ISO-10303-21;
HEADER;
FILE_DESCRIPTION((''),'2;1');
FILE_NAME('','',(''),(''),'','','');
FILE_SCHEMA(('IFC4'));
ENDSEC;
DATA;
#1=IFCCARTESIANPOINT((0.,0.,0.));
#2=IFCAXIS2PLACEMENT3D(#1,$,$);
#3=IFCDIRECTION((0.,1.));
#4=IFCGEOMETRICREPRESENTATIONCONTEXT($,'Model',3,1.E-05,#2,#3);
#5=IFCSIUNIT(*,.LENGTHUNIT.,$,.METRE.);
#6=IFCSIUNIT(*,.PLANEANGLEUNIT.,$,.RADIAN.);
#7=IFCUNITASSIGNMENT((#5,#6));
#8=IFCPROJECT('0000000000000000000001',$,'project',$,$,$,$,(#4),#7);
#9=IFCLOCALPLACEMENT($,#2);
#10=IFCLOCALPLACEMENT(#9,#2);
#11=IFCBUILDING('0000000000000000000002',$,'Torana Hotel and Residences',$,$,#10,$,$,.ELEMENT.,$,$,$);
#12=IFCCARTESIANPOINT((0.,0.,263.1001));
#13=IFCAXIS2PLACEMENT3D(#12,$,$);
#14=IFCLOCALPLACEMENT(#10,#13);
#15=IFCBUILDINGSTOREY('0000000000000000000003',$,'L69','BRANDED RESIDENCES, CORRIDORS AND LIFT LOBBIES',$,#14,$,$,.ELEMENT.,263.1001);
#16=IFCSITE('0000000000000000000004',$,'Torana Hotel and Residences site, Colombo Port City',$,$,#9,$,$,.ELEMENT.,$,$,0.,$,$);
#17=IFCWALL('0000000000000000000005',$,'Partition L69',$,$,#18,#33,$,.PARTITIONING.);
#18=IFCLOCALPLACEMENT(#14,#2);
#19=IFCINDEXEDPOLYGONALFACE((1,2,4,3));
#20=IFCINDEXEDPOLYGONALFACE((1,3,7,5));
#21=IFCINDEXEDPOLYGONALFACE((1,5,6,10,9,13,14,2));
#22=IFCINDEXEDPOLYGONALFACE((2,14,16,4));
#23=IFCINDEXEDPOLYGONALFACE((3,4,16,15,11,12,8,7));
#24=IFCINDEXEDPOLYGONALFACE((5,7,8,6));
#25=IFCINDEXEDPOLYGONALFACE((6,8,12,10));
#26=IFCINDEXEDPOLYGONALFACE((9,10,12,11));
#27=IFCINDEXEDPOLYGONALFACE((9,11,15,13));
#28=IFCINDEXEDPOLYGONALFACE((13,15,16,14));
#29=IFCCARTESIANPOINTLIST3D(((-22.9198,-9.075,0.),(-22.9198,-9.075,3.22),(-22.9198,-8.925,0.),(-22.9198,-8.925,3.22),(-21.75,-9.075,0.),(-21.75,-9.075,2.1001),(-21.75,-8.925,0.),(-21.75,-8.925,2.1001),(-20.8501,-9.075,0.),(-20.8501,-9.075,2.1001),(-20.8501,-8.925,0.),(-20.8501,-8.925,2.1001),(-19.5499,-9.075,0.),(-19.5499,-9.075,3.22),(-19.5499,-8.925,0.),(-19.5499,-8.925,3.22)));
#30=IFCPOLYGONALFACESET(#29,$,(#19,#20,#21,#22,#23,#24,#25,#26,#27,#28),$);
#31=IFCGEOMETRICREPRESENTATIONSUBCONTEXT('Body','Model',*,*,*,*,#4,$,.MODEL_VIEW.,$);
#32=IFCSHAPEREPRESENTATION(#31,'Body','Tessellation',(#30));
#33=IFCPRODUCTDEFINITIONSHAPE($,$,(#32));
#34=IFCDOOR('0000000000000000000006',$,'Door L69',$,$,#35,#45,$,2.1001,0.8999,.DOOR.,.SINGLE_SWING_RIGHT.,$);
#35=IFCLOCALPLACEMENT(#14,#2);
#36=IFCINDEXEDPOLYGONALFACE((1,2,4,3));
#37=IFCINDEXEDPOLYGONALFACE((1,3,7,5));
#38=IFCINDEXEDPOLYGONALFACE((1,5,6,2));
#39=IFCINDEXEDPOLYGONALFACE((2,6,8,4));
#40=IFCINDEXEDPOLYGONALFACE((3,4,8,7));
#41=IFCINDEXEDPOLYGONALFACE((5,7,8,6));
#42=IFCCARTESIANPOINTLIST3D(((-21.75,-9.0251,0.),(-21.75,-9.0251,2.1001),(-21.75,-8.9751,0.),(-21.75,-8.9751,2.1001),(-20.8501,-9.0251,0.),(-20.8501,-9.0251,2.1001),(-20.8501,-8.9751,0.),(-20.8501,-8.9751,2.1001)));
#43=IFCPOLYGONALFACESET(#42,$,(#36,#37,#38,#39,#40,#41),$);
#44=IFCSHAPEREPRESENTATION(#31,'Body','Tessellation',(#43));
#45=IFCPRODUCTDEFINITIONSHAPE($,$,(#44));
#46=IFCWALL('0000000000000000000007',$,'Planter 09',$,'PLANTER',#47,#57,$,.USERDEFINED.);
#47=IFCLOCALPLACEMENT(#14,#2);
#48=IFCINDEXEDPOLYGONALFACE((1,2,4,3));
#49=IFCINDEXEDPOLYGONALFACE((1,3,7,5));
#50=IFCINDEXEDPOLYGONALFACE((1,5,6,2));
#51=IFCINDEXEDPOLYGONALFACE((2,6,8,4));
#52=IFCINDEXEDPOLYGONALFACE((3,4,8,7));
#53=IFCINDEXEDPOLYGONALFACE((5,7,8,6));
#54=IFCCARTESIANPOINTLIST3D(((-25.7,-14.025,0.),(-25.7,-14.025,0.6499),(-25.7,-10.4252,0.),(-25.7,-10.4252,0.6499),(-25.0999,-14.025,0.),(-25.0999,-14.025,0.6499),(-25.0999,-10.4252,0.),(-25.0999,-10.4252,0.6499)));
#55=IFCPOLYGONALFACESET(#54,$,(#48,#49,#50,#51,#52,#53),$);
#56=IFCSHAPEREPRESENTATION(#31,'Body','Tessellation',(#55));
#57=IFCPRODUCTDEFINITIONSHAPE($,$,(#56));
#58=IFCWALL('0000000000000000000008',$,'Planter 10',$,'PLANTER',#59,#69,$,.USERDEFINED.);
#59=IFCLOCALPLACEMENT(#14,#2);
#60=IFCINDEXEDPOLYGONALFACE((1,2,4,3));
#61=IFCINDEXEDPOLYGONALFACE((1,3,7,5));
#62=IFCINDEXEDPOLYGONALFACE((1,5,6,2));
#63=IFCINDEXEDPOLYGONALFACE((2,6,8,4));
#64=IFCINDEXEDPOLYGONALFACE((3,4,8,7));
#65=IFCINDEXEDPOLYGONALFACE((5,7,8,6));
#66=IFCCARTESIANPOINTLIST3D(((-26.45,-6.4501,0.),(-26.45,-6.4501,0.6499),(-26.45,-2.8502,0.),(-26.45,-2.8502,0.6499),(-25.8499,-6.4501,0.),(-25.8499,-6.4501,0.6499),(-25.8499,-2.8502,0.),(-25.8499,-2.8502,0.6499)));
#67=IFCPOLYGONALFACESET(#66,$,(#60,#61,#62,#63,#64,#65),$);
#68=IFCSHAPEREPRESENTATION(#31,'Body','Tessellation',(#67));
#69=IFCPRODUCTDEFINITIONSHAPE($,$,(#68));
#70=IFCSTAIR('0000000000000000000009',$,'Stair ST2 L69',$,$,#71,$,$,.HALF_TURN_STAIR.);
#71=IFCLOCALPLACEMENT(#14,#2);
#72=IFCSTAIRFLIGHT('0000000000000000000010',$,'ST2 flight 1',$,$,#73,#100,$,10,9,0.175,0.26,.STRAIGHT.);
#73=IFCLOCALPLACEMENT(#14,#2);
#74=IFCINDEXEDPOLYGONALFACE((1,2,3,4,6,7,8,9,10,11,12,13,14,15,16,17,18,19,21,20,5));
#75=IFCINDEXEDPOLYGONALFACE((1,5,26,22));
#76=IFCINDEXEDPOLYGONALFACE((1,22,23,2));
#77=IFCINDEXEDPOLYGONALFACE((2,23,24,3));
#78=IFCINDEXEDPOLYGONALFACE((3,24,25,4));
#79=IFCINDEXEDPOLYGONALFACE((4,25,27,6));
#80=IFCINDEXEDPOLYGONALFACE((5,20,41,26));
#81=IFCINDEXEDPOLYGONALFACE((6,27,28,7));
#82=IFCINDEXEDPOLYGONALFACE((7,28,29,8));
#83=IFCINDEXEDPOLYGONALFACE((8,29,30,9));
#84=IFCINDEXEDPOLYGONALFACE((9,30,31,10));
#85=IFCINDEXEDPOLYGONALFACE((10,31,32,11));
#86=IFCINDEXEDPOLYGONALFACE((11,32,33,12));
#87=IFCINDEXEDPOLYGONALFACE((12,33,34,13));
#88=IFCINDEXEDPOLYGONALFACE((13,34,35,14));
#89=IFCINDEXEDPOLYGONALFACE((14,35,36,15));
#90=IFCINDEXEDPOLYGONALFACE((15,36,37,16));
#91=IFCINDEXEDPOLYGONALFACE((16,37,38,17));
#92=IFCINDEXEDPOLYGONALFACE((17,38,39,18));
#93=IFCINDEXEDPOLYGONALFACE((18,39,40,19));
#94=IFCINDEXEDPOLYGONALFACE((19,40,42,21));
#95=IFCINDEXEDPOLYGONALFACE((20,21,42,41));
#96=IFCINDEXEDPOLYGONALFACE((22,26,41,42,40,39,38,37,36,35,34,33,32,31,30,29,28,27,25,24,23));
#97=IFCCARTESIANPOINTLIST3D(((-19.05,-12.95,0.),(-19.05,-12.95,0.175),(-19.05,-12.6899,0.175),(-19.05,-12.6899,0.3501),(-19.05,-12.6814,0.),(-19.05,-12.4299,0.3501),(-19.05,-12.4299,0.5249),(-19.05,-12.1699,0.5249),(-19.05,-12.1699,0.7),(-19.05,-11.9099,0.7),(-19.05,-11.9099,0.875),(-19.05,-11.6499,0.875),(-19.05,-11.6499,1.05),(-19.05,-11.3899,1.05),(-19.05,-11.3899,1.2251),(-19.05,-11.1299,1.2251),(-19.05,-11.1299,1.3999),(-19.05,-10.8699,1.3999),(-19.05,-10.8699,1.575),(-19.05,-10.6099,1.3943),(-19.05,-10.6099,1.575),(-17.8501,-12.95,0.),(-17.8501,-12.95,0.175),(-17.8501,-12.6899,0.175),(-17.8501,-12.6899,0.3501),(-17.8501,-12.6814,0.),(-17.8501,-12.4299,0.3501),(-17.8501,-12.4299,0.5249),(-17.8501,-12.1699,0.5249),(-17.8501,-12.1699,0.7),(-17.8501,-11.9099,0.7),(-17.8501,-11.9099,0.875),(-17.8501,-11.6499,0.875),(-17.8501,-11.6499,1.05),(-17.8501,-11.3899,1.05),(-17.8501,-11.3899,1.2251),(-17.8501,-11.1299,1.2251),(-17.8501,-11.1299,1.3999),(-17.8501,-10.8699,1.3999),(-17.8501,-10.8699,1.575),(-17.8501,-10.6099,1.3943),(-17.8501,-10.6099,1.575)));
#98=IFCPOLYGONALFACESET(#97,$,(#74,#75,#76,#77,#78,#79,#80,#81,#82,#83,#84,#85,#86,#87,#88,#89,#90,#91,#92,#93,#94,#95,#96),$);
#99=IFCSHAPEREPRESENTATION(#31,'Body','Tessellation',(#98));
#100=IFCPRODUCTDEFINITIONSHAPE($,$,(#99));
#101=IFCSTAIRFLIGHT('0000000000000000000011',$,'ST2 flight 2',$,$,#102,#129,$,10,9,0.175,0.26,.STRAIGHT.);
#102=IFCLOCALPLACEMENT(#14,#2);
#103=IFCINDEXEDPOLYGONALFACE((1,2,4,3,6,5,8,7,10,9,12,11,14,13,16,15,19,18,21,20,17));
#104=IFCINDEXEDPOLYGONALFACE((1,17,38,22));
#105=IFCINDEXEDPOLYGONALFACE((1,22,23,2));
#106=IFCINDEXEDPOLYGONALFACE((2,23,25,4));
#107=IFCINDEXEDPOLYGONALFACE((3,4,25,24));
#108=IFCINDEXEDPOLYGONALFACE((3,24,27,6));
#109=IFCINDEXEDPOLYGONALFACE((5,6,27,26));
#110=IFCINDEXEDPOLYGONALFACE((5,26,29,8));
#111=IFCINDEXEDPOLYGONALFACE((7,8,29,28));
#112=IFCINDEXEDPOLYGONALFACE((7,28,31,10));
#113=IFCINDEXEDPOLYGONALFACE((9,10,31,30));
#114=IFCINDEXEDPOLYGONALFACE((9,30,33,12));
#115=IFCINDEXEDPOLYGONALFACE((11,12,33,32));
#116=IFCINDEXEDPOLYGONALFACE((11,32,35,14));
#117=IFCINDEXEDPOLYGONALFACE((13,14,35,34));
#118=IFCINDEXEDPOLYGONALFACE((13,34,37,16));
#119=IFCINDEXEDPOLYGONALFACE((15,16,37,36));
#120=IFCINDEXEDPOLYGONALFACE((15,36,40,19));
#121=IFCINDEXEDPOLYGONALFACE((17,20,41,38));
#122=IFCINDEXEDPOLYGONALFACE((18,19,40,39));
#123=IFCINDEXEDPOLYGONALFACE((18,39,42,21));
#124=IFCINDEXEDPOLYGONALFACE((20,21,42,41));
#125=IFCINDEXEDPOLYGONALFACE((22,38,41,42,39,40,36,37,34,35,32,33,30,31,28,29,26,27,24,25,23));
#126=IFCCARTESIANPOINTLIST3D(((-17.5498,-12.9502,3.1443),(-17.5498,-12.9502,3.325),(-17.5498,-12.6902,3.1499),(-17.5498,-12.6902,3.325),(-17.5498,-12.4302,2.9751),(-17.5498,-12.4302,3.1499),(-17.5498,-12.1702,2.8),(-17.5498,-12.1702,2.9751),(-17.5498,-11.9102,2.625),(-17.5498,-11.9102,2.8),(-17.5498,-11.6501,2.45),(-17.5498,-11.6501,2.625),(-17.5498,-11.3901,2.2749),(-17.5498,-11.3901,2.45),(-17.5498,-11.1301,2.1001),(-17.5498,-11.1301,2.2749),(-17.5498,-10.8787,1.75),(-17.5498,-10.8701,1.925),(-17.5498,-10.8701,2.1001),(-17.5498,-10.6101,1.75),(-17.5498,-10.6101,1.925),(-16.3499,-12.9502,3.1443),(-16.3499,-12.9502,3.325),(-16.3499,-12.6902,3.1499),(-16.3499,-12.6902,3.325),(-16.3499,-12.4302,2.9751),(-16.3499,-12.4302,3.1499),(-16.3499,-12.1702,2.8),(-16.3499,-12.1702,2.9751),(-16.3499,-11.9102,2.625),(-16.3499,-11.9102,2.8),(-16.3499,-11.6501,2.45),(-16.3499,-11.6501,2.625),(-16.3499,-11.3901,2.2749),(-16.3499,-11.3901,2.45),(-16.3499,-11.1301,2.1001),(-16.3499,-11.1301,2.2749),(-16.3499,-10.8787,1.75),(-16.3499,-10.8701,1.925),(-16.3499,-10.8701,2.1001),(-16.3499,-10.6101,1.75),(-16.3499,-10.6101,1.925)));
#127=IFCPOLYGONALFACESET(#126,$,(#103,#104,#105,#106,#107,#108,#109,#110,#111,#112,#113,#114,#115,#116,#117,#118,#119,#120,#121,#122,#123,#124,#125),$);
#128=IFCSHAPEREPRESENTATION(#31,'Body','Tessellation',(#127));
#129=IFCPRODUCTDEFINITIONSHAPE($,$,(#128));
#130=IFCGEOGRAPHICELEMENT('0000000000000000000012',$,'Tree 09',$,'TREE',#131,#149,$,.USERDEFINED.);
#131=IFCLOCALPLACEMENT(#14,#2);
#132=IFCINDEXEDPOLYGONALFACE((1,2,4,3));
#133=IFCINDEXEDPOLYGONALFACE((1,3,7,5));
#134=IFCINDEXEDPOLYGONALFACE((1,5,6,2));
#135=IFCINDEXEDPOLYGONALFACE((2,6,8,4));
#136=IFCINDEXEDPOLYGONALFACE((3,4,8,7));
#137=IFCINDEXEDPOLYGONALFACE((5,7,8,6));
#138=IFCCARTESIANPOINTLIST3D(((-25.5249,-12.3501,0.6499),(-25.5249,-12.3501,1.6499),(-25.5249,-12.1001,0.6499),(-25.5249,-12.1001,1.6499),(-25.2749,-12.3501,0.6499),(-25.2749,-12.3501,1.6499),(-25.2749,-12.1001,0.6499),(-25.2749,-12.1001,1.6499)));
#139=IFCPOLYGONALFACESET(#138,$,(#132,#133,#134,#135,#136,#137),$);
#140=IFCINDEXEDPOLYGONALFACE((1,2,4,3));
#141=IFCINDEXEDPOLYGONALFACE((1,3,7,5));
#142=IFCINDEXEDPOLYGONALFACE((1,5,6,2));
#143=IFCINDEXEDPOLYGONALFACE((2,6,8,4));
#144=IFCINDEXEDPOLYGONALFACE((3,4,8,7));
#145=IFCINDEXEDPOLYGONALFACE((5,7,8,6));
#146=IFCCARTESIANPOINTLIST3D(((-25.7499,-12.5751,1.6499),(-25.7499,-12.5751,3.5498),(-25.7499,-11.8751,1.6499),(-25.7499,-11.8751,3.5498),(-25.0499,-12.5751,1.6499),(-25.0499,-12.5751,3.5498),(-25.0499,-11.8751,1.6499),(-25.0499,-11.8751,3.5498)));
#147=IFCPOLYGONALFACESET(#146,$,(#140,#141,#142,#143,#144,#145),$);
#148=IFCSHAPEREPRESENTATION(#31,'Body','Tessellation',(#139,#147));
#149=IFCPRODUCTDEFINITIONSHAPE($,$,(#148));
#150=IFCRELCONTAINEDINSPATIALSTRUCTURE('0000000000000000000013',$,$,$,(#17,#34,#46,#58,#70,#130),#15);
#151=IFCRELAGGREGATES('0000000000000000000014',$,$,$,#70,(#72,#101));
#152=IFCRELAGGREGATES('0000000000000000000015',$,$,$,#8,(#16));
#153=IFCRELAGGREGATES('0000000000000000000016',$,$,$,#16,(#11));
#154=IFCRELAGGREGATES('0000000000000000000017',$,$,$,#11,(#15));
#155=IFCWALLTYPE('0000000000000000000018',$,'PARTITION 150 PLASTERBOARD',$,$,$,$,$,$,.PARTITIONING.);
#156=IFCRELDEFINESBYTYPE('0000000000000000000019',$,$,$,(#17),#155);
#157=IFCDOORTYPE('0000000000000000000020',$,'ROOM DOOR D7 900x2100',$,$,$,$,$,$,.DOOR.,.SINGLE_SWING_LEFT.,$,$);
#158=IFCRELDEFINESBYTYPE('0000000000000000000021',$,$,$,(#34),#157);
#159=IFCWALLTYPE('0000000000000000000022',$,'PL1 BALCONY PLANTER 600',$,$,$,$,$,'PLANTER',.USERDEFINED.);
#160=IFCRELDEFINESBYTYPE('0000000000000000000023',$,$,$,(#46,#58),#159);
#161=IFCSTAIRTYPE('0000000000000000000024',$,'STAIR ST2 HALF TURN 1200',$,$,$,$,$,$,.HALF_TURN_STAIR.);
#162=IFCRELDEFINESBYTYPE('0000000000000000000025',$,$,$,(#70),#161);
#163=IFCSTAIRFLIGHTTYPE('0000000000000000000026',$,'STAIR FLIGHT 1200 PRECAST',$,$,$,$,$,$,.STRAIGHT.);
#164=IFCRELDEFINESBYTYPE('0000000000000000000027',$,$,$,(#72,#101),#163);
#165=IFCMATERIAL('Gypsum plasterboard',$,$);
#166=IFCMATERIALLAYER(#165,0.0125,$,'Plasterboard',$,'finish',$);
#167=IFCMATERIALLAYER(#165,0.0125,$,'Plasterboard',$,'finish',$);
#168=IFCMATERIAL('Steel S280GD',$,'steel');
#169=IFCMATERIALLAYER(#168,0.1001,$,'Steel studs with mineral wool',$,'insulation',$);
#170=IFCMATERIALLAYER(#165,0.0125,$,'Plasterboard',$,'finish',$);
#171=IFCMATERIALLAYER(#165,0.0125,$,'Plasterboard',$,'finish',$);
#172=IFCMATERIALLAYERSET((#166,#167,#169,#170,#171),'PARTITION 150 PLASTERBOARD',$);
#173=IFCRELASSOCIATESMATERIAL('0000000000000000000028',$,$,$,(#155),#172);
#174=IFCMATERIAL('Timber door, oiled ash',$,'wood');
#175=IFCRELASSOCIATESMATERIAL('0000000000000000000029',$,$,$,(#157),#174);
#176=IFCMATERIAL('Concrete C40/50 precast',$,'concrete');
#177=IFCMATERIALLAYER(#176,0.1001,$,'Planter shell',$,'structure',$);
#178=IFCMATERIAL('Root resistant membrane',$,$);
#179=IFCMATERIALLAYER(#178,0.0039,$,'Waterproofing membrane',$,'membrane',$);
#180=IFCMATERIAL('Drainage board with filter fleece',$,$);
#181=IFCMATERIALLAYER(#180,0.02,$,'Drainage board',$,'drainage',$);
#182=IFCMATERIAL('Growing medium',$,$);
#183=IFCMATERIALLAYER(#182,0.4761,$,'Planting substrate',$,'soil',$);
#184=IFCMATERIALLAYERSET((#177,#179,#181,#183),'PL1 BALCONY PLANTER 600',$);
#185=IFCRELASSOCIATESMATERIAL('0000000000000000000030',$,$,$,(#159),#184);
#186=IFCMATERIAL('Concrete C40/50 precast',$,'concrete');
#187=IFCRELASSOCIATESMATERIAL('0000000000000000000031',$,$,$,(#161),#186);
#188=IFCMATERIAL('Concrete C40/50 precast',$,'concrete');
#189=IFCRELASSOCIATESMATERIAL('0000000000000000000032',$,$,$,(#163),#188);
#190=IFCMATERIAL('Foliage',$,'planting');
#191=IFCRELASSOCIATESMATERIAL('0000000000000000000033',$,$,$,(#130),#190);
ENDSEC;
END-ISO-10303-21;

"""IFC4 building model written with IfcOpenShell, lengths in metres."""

from ifc_helpers import new_model, si_unit, direction, frame, frame_2d, origin, origin_2d, place, context, subcontext, project, spatial, polyline, rectangle, outline, extrude, material, layer, layer_set, type_object, element, fill, aggregate, save


model = new_model("IFC4")

# Units and contexts
model_context = context("Model", 3, precision=1e-05, world=origin(), true_north=direction((0.0, 1.0)))
body_context = subcontext(model_context, "Body", "Model", "MODEL_VIEW")
ifc_project = project(units=[si_unit("LENGTHUNIT", "METRE"), si_unit("PLANEANGLEUNIT", "RADIAN")], contexts=[model_context])

# Site, building, storey
site_placement = place(None, origin())
site = spatial("IfcSite", under=ifc_project, at=site_placement, Name="Torana Hotel and Residences site, Colombo Port City", CompositionType="ELEMENT", RefElevation=0.0)
building_placement = place(site_placement, origin())
building = spatial("IfcBuilding", under=site, at=building_placement, Name="Torana Hotel and Residences", CompositionType="ELEMENT")
storey_placement = place(building_placement, frame((0.0, 0.0, 263.1001)))
storey = spatial("IfcBuildingStorey", under=building, at=storey_placement, Name="L69", Description="BRANDED RESIDENCES, CORRIDORS AND LIFT LOBBIES", CompositionType="ELEMENT", Elevation=263.1001)

# Wall, opening, door
ifc_material_1 = material(Name="Gypsum plasterboard")
ifc_layer_1 = layer(ifc_material_1, 0.0125, Name="Plasterboard", Category="finish")
ifc_layer_2 = layer(ifc_material_1, 0.0125, Name="Plasterboard", Category="finish")
ifc_material_2 = material(Name="Steel S280GD", Category="steel")
ifc_layer_3 = layer(ifc_material_2, 0.1001, Name="Steel studs with mineral wool", Category="insulation")
ifc_layer_4 = layer(ifc_material_1, 0.0125, Name="Plasterboard", Category="finish")
ifc_layer_5 = layer(ifc_material_1, 0.0125, Name="Plasterboard", Category="finish")
ifc_layer_set_1 = layer_set([ifc_layer_1, ifc_layer_2, ifc_layer_3, ifc_layer_4, ifc_layer_5], Name="PARTITION 150 PLASTERBOARD")
wall_type_1 = type_object("IfcWallType", Name="PARTITION 150 PLASTERBOARD", PredefinedType="PARTITIONING", material=ifc_layer_set_1)
wall_1_placement = place(storey_placement, frame((-22.9199, -9.0, 0.0), z_axis=(0.0, 0.0, 1.0), x_axis=(1.0, 0.0, 0.0)))
wall_1 = element("IfcWall", 1, at=wall_1_placement, inside=storey, type_object=wall_type_1, Name="Partition L69", PredefinedType="PARTITIONING", context=body_context, shape_type="SweptSolid", body=[
    extrude(rectangle(XDim=3.3699, YDim=0.1499, at=frame_2d((1.6851, 0.0))), origin(), (0.0, 0.0, 1.0), 3.22),
])
opening_1_placement = place(wall_1_placement, frame((1.1699, 0.0, 0.0)))
opening_1 = element("IfcOpeningElement", 2, at=opening_1_placement, cuts=wall_1, PredefinedType="OPENING", context=body_context, shape_type="SweptSolid", body=[
    extrude(rectangle(XDim=0.8999, YDim=2.1001, at=frame_2d((0.45, 1.05))), frame((0.0, 0.085, 0.0), z_axis=(0.0, -1.0, 0.0), x_axis=(1.0, 0.0, 0.0)), (0.0, 0.0, 1.0), 0.1699),
])
ifc_material_3 = material(Name="Timber door, oiled ash", Category="wood")
door_type_1 = type_object("IfcDoorType", Name="ROOM DOOR D7 900x2100", OperationType="SINGLE_SWING_LEFT", PredefinedType="DOOR", material=ifc_material_3)
door_1_placement = place(opening_1_placement, origin())
door_1 = element("IfcDoor", 3, at=door_1_placement, inside=storey, type_object=door_type_1, Name="Door L69", OperationType="SINGLE_SWING_RIGHT", OverallHeight=2.1001, OverallWidth=0.8999, PredefinedType="DOOR", context=body_context, shape_type="SweptSolid", body=[
    extrude(rectangle(XDim=0.8999, YDim=2.1001, at=frame_2d((0.45, 1.05))), frame((0.0, 0.0249, 0.0), z_axis=(0.0, -1.0, 0.0), x_axis=(1.0, 0.0, 0.0)), (0.0, 0.0, 1.0), 0.05),
])
fill(opening_1, door_1)

# Walls
ifc_material_4 = material(Name="Concrete C40/50 precast", Category="concrete")
ifc_layer_6 = layer(ifc_material_4, 0.1001, Name="Planter shell", Category="structure")
ifc_material_5 = material(Name="Root resistant membrane")
ifc_layer_7 = layer(ifc_material_5, 0.0039, Name="Waterproofing membrane", Category="membrane")
ifc_material_6 = material(Name="Drainage board with filter fleece")
ifc_layer_8 = layer(ifc_material_6, 0.02, Name="Drainage board", Category="drainage")
ifc_material_7 = material(Name="Growing medium")
ifc_layer_9 = layer(ifc_material_7, 0.4761, Name="Planting substrate", Category="soil")
ifc_layer_set_2 = layer_set([ifc_layer_6, ifc_layer_7, ifc_layer_8, ifc_layer_9], Name="PL1 BALCONY PLANTER 600")
wall_type_2 = type_object("IfcWallType", Name="PL1 BALCONY PLANTER 600", ElementType="PLANTER", PredefinedType="USERDEFINED", material=ifc_layer_set_2)
for number, where, z_axis, x_axis, name in (
    (4, (-25.3999, -14.0249, 0.0), (0.0, 0.0, 1.0), (0.0, 1.0, 0.0), "Planter 09"),
    (5, (-26.1499, -6.45, 0.0), (0.0, 0.0, 1.0), (0.0, 1.0, 0.0), "Planter 10"),
):
    element("IfcWall", number, at=place(storey_placement, frame(where, z_axis=z_axis, x_axis=x_axis)), inside=storey, type_object=wall_type_2, Name=name, ObjectType="PLANTER", PredefinedType="USERDEFINED", context=body_context, shape_type="SweptSolid", body=[
        extrude(rectangle(XDim=3.5999, YDim=0.6001, at=frame_2d((1.7998, 0.0))), origin(), (0.0, 0.0, 1.0), 0.6499),
    ])

# Stair, stair flights
ifc_material_8 = material(Name="Concrete C40/50 precast", Category="concrete")
stair_type = type_object("IfcStairType", Name="STAIR ST2 HALF TURN 1200", PredefinedType="HALF_TURN_STAIR", material=ifc_material_8)
stair_placement = place(storey_placement, origin())
stair = element("IfcStair", 6, at=stair_placement, inside=storey, type_object=stair_type, Name="Stair ST2 L69", PredefinedType="HALF_TURN_STAIR")
ifc_material_9 = material(Name="Concrete C40/50 precast", Category="concrete")
stair_flight_type = type_object("IfcStairFlightType", Name="STAIR FLIGHT 1200 PRECAST", PredefinedType="STRAIGHT", material=ifc_material_9)
stair_flight_1_placement = place(storey_placement, frame((-18.45, -12.95, 0.0), z_axis=(0.0, 0.0, 1.0), x_axis=(0.0, 1.0, 0.0)))
stair_flight_1 = element("IfcStairFlight", 7, at=stair_flight_1_placement, type_object=stair_flight_type, Name="ST2 flight 1", NumberOfRisers=10, NumberOfTreads=9, PredefinedType="STRAIGHT", RiserHeight=0.175, TreadLength=0.26, context=body_context, shape_type="SweptSolid", body=[
    extrude(outline(polyline([(0.0, 0.0), (0.0, 0.175), (0.26, 0.175), (0.26, 0.3501), (0.52, 0.3501), (0.52, 0.5249), (0.78, 0.5249), (0.78, 0.7), (1.04, 0.7), (1.04, 0.875), (1.3, 0.875), (1.3, 1.05), (1.5601, 1.05), (1.5601, 1.2251), (1.8201, 1.2251), (1.8201, 1.3999), (2.0801, 1.3999), (2.0801, 1.575), (2.3401, 1.575), (2.3401, 1.75), (2.3401, 1.3943), (0.2686, 0.0), (0.0, 0.0)])), frame((0.0, 0.6001, 0.0), z_axis=(0.0, -1.0, 0.0), x_axis=(1.0, 0.0, 0.0)), (0.0, 0.0, 1.0), 1.2),
])
stair_flight_2_placement = place(storey_placement, frame((-16.95, -10.6101, 1.75), z_axis=(0.0, 0.0, 1.0), x_axis=(0.0, -1.0, 0.0)))
stair_flight_2 = element("IfcStairFlight", 8, at=stair_flight_2_placement, type_object=stair_flight_type, Name="ST2 flight 2", NumberOfRisers=10, NumberOfTreads=9, PredefinedType="STRAIGHT", RiserHeight=0.175, TreadLength=0.26, context=body_context, shape_type="SweptSolid", body=[
    extrude(outline(polyline([(0.0, 0.0), (0.0, 0.175), (0.26, 0.175), (0.26, 0.3501), (0.52, 0.3501), (0.52, 0.5249), (0.78, 0.5249), (0.78, 0.7), (1.04, 0.7), (1.04, 0.875), (1.3, 0.875), (1.3, 1.05), (1.5601, 1.05), (1.5601, 1.2251), (1.8201, 1.2251), (1.8201, 1.3999), (2.0801, 1.3999), (2.0801, 1.575), (2.3401, 1.575), (2.3401, 1.75), (2.3401, 1.3943), (0.2686, 0.0), (0.0, 0.0)])), frame((0.0, 0.6001, 0.0), z_axis=(0.0, -1.0, 0.0), x_axis=(1.0, 0.0, 0.0)), (0.0, 0.0, 1.0), 1.2),
])
aggregate(stair, [stair_flight_1, stair_flight_2])

# Geographic element
ifc_material_10 = material(Name="Foliage", Category="planting")
geographic_element_placement = place(storey_placement, frame((-25.3999, -12.2251, 0.6499), z_axis=(0.0, 0.0, 1.0), x_axis=(1.0, 0.0, 0.0)))
element("IfcGeographicElement", 9, at=geographic_element_placement, inside=storey, material=ifc_material_10, Name="Tree 09", ObjectType="TREE", PredefinedType="USERDEFINED", context=body_context, shape_type="SweptSolid", body=[
    extrude(rectangle(XDim=0.25, YDim=0.25, at=origin_2d()), origin(), (0.0, 0.0, 1.0), 1.0),
    extrude(rectangle(XDim=0.7, YDim=0.7, at=origin_2d()), frame((0.0, 0.0, 1.0)), (0.0, 0.0, 1.0), 1.8999),
])

save(model, "model.ifc")
